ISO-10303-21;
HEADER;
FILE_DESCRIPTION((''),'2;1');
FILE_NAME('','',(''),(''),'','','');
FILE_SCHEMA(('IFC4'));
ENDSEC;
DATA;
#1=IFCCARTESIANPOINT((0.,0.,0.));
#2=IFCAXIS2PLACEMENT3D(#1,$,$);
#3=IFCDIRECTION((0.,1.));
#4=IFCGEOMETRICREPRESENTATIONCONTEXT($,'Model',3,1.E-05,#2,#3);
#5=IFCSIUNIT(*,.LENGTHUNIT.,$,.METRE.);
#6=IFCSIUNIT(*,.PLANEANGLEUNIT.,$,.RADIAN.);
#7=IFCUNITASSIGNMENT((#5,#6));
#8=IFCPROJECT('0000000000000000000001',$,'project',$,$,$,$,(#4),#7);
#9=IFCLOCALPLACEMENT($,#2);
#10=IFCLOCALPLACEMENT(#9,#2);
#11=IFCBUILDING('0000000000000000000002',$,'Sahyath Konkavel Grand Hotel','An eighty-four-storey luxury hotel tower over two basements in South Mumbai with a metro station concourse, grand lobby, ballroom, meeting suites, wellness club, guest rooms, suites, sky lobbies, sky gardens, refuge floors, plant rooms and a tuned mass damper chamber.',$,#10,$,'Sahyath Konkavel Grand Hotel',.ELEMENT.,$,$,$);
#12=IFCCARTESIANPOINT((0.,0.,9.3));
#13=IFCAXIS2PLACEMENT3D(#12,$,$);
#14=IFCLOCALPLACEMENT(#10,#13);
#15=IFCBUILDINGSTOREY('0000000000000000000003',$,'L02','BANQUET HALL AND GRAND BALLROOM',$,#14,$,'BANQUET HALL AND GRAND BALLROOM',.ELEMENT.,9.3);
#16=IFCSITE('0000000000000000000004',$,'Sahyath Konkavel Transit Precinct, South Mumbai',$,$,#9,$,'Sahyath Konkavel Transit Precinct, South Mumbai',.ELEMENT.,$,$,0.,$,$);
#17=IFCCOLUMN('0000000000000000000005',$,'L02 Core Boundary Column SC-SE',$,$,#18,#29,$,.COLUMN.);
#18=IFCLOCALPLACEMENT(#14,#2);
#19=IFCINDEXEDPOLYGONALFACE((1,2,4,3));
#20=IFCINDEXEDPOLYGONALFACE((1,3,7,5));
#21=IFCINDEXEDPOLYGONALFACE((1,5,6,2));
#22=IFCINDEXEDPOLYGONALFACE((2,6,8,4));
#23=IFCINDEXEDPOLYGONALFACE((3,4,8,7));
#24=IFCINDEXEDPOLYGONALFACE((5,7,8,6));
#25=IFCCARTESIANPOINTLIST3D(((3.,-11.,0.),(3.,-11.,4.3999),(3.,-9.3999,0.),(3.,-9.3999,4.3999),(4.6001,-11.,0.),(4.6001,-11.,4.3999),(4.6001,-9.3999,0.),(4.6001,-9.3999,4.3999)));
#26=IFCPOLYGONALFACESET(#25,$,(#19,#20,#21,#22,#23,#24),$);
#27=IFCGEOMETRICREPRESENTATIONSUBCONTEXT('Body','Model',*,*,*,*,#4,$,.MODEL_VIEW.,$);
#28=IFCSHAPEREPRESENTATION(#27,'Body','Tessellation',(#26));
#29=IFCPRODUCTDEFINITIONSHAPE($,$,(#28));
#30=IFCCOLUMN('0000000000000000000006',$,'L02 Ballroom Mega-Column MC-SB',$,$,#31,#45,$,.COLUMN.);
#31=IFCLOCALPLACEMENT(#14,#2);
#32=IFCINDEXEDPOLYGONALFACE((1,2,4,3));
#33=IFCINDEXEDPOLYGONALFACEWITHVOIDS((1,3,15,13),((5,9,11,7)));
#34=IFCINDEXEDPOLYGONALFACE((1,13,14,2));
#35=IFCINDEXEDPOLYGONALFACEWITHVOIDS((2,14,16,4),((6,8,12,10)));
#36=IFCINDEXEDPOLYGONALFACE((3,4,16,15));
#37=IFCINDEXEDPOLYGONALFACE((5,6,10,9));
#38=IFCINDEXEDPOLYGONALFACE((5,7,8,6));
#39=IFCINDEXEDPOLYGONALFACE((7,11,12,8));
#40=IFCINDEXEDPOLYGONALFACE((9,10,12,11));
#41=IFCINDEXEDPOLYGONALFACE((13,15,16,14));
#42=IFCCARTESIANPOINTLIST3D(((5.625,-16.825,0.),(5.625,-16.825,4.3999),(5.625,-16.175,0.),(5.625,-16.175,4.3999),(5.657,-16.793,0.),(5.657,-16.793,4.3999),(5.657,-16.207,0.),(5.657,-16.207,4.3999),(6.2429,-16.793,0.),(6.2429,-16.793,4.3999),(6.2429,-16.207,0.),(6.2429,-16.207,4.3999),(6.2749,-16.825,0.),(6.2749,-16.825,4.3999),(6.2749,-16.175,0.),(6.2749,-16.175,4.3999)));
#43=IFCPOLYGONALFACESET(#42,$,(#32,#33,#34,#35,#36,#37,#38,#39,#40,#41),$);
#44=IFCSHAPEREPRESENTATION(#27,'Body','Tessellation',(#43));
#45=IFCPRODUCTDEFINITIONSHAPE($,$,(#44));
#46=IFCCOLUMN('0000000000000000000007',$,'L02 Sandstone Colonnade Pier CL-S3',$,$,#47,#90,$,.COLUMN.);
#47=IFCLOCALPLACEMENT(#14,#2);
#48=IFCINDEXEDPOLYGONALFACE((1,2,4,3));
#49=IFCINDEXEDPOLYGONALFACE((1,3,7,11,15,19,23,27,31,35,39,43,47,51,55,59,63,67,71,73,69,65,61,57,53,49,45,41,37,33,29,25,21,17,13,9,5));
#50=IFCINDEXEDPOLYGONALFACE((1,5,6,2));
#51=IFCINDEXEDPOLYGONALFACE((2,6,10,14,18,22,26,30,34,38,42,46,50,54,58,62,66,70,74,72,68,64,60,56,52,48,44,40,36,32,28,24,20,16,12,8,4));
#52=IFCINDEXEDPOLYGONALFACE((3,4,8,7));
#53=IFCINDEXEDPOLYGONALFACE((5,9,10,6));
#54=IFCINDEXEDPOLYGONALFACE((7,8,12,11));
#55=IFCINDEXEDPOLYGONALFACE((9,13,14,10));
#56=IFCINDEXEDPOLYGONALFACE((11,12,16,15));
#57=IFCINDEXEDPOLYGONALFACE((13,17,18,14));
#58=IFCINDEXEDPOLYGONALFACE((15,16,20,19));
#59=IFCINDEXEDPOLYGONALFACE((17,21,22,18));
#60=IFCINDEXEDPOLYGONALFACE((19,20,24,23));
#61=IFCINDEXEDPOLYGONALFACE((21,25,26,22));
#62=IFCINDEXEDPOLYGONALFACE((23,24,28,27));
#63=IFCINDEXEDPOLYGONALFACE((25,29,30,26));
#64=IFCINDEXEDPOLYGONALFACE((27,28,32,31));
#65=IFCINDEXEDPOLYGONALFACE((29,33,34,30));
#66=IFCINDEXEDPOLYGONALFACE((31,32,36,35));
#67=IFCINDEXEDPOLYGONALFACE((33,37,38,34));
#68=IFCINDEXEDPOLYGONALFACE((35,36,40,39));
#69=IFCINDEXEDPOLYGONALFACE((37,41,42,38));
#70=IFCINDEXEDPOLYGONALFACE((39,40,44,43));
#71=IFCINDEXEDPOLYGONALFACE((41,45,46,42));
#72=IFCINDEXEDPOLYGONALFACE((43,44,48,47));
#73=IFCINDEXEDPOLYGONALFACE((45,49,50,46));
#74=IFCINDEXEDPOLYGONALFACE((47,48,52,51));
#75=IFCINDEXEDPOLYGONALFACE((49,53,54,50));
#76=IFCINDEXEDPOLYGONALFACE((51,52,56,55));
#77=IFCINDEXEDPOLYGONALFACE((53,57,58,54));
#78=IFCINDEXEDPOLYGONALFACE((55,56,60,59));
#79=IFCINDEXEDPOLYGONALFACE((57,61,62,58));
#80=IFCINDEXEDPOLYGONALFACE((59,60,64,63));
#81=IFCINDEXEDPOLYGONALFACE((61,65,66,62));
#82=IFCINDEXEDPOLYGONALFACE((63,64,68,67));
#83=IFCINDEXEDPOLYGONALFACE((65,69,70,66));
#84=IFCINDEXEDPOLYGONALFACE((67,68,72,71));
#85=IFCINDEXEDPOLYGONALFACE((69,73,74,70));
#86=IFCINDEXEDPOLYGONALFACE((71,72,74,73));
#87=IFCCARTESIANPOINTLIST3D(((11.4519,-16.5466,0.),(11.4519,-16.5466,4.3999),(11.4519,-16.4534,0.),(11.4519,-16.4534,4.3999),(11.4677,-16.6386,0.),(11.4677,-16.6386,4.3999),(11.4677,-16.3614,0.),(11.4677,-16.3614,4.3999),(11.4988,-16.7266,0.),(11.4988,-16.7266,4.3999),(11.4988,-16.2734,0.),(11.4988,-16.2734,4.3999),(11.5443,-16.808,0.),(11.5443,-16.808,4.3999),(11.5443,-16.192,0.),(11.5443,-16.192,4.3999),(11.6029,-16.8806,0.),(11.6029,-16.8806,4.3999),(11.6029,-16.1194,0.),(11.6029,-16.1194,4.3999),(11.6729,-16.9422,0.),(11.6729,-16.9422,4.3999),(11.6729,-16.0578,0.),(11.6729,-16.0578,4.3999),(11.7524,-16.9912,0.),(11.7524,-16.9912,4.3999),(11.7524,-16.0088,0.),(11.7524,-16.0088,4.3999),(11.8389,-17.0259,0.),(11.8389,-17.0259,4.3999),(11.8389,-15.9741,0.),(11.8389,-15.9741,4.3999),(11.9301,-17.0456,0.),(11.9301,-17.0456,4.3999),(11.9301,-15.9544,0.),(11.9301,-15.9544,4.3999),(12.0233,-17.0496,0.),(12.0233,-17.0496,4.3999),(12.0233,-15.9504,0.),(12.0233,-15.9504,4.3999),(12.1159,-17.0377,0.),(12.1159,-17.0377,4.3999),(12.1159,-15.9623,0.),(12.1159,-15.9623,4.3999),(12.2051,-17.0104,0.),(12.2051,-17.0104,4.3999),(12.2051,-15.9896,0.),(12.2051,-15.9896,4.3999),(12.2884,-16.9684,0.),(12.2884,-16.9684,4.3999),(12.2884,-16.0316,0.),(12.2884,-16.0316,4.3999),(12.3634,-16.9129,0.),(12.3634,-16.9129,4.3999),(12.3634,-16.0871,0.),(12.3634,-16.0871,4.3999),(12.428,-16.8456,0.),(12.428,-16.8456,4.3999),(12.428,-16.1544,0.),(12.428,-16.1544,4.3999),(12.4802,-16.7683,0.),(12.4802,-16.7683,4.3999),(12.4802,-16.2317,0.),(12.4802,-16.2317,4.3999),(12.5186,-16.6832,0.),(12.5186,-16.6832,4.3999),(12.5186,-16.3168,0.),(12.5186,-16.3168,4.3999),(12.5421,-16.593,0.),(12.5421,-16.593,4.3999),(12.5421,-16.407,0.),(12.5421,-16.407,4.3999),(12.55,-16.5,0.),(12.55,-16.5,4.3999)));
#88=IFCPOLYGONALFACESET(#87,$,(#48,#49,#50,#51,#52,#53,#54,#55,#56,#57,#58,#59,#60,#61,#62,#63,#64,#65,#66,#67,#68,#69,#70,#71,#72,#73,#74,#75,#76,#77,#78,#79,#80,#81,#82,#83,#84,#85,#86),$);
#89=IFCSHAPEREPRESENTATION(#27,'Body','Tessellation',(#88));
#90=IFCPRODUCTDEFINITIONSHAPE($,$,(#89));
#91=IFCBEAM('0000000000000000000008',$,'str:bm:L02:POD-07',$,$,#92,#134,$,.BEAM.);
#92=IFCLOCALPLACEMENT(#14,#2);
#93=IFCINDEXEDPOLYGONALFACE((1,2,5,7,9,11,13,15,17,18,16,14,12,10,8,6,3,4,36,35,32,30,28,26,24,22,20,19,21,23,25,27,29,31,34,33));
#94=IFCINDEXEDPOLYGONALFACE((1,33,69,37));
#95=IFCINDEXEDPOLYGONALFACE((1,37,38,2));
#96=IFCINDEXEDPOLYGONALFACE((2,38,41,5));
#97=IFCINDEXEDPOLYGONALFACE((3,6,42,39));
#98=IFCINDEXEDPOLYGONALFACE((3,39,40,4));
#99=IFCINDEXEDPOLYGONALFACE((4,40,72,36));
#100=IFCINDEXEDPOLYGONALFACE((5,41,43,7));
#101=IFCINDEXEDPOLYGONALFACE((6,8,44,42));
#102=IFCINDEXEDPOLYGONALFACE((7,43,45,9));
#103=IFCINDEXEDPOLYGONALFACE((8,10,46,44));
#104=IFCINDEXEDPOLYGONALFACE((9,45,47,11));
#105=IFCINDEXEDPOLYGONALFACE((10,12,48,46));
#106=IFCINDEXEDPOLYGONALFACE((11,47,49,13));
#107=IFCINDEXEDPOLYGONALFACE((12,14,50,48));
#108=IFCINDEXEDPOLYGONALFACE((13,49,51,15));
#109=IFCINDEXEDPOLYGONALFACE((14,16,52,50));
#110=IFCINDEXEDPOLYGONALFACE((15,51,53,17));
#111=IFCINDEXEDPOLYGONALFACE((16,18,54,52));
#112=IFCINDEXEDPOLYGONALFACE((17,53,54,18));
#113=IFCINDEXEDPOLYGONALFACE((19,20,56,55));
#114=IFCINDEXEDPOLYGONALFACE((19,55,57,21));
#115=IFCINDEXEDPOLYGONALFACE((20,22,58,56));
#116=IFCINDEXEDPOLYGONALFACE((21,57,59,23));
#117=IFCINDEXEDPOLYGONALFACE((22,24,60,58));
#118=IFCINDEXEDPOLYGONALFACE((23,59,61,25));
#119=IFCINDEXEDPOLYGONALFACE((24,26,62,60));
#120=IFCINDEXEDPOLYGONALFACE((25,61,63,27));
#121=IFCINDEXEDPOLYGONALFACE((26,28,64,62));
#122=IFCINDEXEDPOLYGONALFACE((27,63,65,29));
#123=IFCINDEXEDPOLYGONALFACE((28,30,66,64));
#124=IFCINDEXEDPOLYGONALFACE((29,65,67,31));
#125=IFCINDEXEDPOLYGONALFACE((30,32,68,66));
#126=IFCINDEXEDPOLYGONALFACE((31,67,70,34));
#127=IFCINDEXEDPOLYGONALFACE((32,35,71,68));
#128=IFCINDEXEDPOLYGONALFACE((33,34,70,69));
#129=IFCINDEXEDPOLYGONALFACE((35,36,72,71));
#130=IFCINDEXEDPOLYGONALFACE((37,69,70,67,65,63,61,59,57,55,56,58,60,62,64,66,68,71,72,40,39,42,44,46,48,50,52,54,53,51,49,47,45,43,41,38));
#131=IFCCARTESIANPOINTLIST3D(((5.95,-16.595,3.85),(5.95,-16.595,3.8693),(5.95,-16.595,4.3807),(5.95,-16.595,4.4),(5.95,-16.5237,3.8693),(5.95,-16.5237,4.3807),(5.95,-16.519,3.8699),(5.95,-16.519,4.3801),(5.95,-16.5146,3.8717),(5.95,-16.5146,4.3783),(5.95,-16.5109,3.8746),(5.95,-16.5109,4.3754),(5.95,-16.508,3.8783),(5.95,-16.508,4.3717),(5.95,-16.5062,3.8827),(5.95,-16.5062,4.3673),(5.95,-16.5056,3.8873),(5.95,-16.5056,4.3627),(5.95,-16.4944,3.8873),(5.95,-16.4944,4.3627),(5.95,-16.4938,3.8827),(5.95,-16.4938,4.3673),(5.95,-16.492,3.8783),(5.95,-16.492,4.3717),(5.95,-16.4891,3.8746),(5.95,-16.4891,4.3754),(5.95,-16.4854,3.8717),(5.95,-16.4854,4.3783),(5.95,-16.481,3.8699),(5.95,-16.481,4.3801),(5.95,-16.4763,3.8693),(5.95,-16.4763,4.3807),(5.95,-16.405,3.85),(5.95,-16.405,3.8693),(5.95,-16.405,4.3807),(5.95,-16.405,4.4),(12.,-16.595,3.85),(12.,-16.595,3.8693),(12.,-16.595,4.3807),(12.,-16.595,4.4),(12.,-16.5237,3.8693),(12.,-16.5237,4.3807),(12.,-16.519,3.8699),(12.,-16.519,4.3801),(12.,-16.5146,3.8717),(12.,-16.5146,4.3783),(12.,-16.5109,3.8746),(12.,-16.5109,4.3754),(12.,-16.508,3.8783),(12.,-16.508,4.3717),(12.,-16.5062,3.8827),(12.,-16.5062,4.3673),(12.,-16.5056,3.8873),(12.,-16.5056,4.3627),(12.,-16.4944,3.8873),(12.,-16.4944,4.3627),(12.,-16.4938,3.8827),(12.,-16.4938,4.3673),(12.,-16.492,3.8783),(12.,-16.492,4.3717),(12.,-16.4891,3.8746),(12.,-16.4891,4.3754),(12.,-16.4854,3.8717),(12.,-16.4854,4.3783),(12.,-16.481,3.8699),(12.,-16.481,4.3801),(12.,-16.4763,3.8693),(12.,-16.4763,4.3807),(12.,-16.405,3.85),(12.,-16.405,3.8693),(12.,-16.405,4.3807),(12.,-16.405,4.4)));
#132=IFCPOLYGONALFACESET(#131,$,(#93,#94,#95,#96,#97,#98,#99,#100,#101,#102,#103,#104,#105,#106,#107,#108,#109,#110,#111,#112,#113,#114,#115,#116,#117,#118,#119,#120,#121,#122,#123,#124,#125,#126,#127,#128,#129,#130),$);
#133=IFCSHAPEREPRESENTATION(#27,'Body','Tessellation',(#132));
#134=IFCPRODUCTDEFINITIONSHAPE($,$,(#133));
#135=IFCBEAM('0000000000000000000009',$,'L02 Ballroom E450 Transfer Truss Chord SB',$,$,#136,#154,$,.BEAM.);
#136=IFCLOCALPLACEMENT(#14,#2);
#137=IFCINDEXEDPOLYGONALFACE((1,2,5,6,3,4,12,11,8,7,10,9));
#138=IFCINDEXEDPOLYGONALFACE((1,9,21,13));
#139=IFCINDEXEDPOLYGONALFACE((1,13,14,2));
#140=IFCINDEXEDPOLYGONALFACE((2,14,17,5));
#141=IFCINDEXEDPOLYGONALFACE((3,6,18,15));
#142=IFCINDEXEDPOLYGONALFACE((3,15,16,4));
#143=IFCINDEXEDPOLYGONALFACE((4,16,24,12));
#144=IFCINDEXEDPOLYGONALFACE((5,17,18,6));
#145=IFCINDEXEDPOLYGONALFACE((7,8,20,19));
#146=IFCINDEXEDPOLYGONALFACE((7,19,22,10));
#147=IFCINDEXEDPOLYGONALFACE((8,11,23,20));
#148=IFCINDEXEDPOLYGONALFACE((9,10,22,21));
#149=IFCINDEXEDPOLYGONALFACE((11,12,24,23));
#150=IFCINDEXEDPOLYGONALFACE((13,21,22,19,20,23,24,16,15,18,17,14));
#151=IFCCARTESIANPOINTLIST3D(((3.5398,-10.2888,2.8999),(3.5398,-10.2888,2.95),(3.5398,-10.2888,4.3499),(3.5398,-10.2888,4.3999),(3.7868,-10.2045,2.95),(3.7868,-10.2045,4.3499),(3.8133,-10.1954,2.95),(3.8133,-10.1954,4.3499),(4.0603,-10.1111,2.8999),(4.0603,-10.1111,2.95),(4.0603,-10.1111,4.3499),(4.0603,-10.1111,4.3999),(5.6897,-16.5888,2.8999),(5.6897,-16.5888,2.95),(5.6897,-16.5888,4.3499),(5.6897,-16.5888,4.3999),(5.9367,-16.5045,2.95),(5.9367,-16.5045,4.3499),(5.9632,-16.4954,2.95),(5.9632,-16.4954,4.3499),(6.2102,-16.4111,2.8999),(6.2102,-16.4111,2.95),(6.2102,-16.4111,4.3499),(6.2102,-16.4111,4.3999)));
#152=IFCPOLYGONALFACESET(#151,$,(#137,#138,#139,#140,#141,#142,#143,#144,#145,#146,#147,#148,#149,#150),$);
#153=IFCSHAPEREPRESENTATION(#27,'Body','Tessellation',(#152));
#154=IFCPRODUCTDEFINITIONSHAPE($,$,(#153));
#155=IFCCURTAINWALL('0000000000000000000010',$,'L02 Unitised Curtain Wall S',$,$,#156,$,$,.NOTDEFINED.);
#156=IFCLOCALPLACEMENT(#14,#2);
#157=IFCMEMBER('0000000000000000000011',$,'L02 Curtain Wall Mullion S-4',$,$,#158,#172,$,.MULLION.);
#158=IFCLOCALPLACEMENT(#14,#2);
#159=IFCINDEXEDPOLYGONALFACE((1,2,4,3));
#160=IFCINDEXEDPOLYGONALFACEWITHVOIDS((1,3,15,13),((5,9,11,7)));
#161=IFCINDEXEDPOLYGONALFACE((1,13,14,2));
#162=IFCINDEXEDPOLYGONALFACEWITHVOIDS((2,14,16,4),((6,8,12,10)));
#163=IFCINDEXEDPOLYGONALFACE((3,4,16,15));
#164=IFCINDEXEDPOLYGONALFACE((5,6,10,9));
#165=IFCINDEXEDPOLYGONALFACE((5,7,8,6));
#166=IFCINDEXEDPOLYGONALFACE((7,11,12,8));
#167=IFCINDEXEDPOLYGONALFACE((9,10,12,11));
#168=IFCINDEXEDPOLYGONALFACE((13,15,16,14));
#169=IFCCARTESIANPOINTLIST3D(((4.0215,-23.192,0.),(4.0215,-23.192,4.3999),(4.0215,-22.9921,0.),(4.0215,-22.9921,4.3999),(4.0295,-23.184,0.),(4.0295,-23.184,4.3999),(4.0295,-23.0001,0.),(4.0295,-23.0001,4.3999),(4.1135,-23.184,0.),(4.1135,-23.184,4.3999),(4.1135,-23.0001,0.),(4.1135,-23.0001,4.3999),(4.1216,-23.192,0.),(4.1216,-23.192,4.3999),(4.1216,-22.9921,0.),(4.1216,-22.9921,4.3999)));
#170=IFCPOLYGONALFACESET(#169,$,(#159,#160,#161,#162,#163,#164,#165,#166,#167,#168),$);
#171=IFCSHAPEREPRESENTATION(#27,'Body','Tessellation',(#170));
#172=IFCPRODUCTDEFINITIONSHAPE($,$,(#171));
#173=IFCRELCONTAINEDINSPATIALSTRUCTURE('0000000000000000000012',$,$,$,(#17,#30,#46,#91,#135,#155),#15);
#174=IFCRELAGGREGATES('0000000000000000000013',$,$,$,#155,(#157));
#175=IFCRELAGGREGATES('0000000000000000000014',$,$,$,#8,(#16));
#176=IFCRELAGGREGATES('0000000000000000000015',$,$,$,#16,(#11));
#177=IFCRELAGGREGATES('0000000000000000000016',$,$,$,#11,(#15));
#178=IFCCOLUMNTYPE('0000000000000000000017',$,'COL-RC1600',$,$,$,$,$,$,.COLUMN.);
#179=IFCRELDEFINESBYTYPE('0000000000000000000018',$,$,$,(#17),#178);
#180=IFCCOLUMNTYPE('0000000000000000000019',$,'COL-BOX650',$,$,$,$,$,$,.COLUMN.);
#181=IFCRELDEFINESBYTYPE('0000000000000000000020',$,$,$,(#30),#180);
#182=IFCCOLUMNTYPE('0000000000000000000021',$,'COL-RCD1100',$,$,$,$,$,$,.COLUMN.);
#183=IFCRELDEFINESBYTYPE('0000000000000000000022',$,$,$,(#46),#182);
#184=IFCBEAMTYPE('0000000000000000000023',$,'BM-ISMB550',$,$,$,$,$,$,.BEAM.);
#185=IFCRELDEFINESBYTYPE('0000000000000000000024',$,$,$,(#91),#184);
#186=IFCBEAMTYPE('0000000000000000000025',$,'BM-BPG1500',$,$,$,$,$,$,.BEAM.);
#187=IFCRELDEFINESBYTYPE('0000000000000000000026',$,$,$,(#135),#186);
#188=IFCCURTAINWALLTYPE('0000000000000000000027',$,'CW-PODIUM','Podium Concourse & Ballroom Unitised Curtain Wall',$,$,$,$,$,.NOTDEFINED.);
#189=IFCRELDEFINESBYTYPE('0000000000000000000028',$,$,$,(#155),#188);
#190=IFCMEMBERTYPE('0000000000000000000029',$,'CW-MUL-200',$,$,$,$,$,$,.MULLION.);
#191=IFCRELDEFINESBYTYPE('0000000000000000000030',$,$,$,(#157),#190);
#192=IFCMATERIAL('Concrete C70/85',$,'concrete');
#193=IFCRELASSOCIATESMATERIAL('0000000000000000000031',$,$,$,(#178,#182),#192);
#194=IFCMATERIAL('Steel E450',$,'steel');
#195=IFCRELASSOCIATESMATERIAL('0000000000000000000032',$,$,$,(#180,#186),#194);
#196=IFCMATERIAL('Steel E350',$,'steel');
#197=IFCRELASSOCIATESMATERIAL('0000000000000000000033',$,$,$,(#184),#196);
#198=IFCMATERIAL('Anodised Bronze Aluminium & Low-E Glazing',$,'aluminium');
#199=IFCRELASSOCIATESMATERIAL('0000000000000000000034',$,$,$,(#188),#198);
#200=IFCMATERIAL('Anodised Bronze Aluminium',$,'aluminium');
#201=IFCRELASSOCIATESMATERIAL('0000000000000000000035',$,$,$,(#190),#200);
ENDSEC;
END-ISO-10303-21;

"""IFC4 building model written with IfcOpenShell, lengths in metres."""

from ifc_helpers import new_model, si_unit, direction, frame, origin, origin_2d, place, context, subcontext, project, spatial, rectangle, hollow_rectangle, circle, i_section, extrude, source, transform, mapped, material, material_profile, profile_set, type_object, element, aggregate, save


model = new_model("IFC4")

# Units and contexts
model_context = context("Model", 3, precision=1e-05, world=origin(), true_north=direction((0.0, 1.0)))
body_context = subcontext(model_context, "Body", "Model", "MODEL_VIEW")
ifc_project = project(units=[si_unit("LENGTHUNIT", "METRE"), si_unit("PLANEANGLEUNIT", "RADIAN")], contexts=[model_context])

# Site, building, storey
site_placement = place(None, origin())
site = spatial("IfcSite", under=ifc_project, at=site_placement, Name="Sahyath Konkavel Transit Precinct, South Mumbai", LongName="Sahyath Konkavel Transit Precinct, South Mumbai", CompositionType="ELEMENT", RefElevation=0.0)
building_placement = place(site_placement, origin())
building = spatial("IfcBuilding", under=site, at=building_placement, Name="Sahyath Konkavel Grand Hotel", Description="An eighty-four-storey luxury hotel tower over two basements in South Mumbai with a metro station concourse, grand lobby, ballroom, meeting suites, wellness club, guest rooms, suites, sky lobbies, sky gardens, refuge floors, plant rooms and a tuned mass damper chamber.", LongName="Sahyath Konkavel Grand Hotel", CompositionType="ELEMENT")
storey_placement = place(building_placement, frame((0.0, 0.0, 9.3)))
storey = spatial("IfcBuildingStorey", under=building, at=storey_placement, Name="L02", Description="BANQUET HALL AND GRAND BALLROOM", LongName="BANQUET HALL AND GRAND BALLROOM", CompositionType="ELEMENT", Elevation=9.3)

# Columns
ifc_material_1 = material(Name="Concrete C70/85", Category="concrete")
ifc_material_profile_1 = material_profile(ifc_material_1, rectangle(XDim=1.6001, YDim=1.6001, at=origin_2d()), Name="RC 1600x1600")
ifc_profile_set_1 = profile_set([ifc_material_profile_1], Name="Concrete C70/85")
column_type_1 = type_object("IfcColumnType", Name="COL-RC1600", PredefinedType="COLUMN", material=ifc_profile_set_1)
shared_shape_1 = source(origin(), body_context, "Body", "SweptSolid", [
    extrude(rectangle(XDim=1.6001, YDim=1.6001, at=origin_2d()), origin(), (0.0, 0.0, 1.0), 4.3999),
])
column_1_placement = place(storey_placement, frame((3.8, -10.2, 0.0), z_axis=(0.0, 0.0, 1.0), x_axis=(1.0, 0.0, 0.0)))
element("IfcColumn", 1, at=column_1_placement, inside=storey, type_object=column_type_1, Name="L02 Core Boundary Column SC-SE", PredefinedType="COLUMN", context=body_context, shape_type="MappedRepresentation", body=[
    mapped(shared_shape_1, transform((0.0, 0.0, 0.0), scale=1.0)),
])
ifc_material_2 = material(Name="Steel E450", Category="steel")
ifc_material_profile_2 = material_profile(ifc_material_2, hollow_rectangle(XDim=0.6499, YDim=0.6499, WallThickness=0.032, at=origin_2d()), Name="BOX 650x650x32")
ifc_profile_set_2 = profile_set([ifc_material_profile_2], Name="Steel E450")
column_type_2 = type_object("IfcColumnType", Name="COL-BOX650", PredefinedType="COLUMN", material=ifc_profile_set_2)
shared_shape_2 = source(origin(), body_context, "Body", "SweptSolid", [
    extrude(hollow_rectangle(XDim=0.6499, YDim=0.6499, WallThickness=0.032, at=origin_2d()), origin(), (0.0, 0.0, 1.0), 4.3999),
])
column_2_placement = place(storey_placement, frame((5.95, -16.5, 0.0), z_axis=(0.0, 0.0, 1.0), x_axis=(1.0, 0.0, 0.0)))
element("IfcColumn", 2, at=column_2_placement, inside=storey, type_object=column_type_2, Name="L02 Ballroom Mega-Column MC-SB", PredefinedType="COLUMN", context=body_context, shape_type="MappedRepresentation", body=[
    mapped(shared_shape_2, transform((0.0, 0.0, 0.0), scale=1.0)),
])
ifc_material_profile_3 = material_profile(ifc_material_1, circle(Radius=0.55, at=origin_2d()), Name="RC D1100")
ifc_profile_set_3 = profile_set([ifc_material_profile_3], Name="Concrete C70/85")
column_type_3 = type_object("IfcColumnType", Name="COL-RCD1100", PredefinedType="COLUMN", material=ifc_profile_set_3)
shared_shape_3 = source(origin(), body_context, "Body", "SweptSolid", [
    extrude(circle(Radius=0.55, at=origin_2d()), origin(), (0.0, 0.0, 1.0), 4.3999),
])
column_3_placement = place(storey_placement, frame((12.0, -16.5, 0.0), z_axis=(0.0, 0.0, 1.0), x_axis=(1.0, 0.0, 0.0)))
element("IfcColumn", 3, at=column_3_placement, inside=storey, type_object=column_type_3, Name="L02 Sandstone Colonnade Pier CL-S3", PredefinedType="COLUMN", context=body_context, shape_type="MappedRepresentation", body=[
    mapped(shared_shape_3, transform((0.0, 0.0, 0.0), scale=1.0)),
])

# Beams
ifc_material_3 = material(Name="Steel E350", Category="steel")
ifc_material_profile_4 = material_profile(ifc_material_3, i_section(OverallWidth=0.1899, OverallDepth=0.55, WebThickness=0.0112, FlangeThickness=0.0193, FilletRadius=0.0181, at=origin_2d()), Name="ISMB 550")
ifc_profile_set_4 = profile_set([ifc_material_profile_4], Name="Steel E350")
beam_type_1 = type_object("IfcBeamType", Name="BM-ISMB550", PredefinedType="BEAM", material=ifc_profile_set_4)
shared_shape_4 = source(origin(), body_context, "Body", "SweptSolid", [
    extrude(i_section(OverallWidth=0.1899, OverallDepth=0.55, WebThickness=0.0112, FlangeThickness=0.0193, FilletRadius=0.0181, at=origin_2d()), origin(), (0.0, 0.0, 1.0), 6.05),
])
beam_1_placement = place(storey_placement, frame((5.95, -16.5, 4.125), z_axis=(1.0, 0.0, 0.0), x_axis=(0.0, 1.0, 0.0)))
element("IfcBeam", 4, at=beam_1_placement, inside=storey, type_object=beam_type_1, Name="str:bm:L02:POD-07", PredefinedType="BEAM", context=body_context, shape_type="MappedRepresentation", body=[
    mapped(shared_shape_4, transform((0.0, 0.0, 0.0), scale=1.0)),
])
ifc_material_profile_5 = material_profile(ifc_material_2, i_section(OverallWidth=0.55, OverallDepth=1.5, WebThickness=0.0281, FlangeThickness=0.05, at=origin_2d()), Name="BPG 1500x550")
ifc_profile_set_5 = profile_set([ifc_material_profile_5], Name="Steel E450")
beam_type_2 = type_object("IfcBeamType", Name="BM-BPG1500", PredefinedType="BEAM", material=ifc_profile_set_5)
shared_shape_5 = source(origin(), body_context, "Body", "SweptSolid", [
    extrude(i_section(OverallWidth=0.55, OverallDepth=1.5, WebThickness=0.0281, FlangeThickness=0.05, at=origin_2d()), origin(), (0.0, 0.0, 1.0), 6.6567),
])
beam_2_placement = place(storey_placement, frame((3.8, -10.2, 3.6499), z_axis=(0.322964, -0.946411, 0.0), x_axis=(0.946411, 0.322964, 0.0)))
element("IfcBeam", 5, at=beam_2_placement, inside=storey, type_object=beam_type_2, Name="L02 Ballroom E450 Transfer Truss Chord SB", PredefinedType="BEAM", context=body_context, shape_type="MappedRepresentation", body=[
    mapped(shared_shape_5, transform((0.0, 0.0, 0.0), scale=1.0)),
])

# Curtain wall, member
ifc_material_4 = material(Name="Anodised Bronze Aluminium & Low-E Glazing", Category="aluminium")
curtain_wall_type = type_object("IfcCurtainWallType", Name="CW-PODIUM", Description="Podium Concourse & Ballroom Unitised Curtain Wall", PredefinedType="NOTDEFINED", material=ifc_material_4)
curtain_wall_placement = place(storey_placement, origin())
curtain_wall = element("IfcCurtainWall", 6, at=curtain_wall_placement, inside=storey, type_object=curtain_wall_type, Name="L02 Unitised Curtain Wall S", PredefinedType="NOTDEFINED")
ifc_material_5 = material(Name="Anodised Bronze Aluminium", Category="aluminium")
ifc_material_profile_6 = material_profile(ifc_material_5, hollow_rectangle(XDim=0.1001, YDim=0.2, WallThickness=0.0081, at=origin_2d()), Name="RHS 200x100x8")
ifc_profile_set_6 = profile_set([ifc_material_profile_6], Name="Anodised Bronze Aluminium")
member_type_1 = type_object("IfcMemberType", Name="CW-MUL-200", PredefinedType="MULLION", material=ifc_profile_set_6)
shared_shape_6 = source(origin(), body_context, "Body", "SweptSolid", [
    extrude(hollow_rectangle(XDim=0.1001, YDim=0.2, WallThickness=0.0081, at=origin_2d()), origin(), (0.0, 0.0, 1.0), 4.3999),
])
member_1_placement = place(storey_placement, frame((4.0715, -23.092, 0.0), z_axis=(0.0, 0.0, 1.0), x_axis=(1.0, 0.0, 0.0)))
member_1 = element("IfcMember", 7, at=member_1_placement, type_object=member_type_1, Name="L02 Curtain Wall Mullion S-4", PredefinedType="MULLION", context=body_context, shape_type="MappedRepresentation", body=[
    mapped(shared_shape_6, transform((0.0, 0.0, 0.0), scale=1.0)),
])

aggregate(curtain_wall, [member_1])

save(model, "model.ifc")
